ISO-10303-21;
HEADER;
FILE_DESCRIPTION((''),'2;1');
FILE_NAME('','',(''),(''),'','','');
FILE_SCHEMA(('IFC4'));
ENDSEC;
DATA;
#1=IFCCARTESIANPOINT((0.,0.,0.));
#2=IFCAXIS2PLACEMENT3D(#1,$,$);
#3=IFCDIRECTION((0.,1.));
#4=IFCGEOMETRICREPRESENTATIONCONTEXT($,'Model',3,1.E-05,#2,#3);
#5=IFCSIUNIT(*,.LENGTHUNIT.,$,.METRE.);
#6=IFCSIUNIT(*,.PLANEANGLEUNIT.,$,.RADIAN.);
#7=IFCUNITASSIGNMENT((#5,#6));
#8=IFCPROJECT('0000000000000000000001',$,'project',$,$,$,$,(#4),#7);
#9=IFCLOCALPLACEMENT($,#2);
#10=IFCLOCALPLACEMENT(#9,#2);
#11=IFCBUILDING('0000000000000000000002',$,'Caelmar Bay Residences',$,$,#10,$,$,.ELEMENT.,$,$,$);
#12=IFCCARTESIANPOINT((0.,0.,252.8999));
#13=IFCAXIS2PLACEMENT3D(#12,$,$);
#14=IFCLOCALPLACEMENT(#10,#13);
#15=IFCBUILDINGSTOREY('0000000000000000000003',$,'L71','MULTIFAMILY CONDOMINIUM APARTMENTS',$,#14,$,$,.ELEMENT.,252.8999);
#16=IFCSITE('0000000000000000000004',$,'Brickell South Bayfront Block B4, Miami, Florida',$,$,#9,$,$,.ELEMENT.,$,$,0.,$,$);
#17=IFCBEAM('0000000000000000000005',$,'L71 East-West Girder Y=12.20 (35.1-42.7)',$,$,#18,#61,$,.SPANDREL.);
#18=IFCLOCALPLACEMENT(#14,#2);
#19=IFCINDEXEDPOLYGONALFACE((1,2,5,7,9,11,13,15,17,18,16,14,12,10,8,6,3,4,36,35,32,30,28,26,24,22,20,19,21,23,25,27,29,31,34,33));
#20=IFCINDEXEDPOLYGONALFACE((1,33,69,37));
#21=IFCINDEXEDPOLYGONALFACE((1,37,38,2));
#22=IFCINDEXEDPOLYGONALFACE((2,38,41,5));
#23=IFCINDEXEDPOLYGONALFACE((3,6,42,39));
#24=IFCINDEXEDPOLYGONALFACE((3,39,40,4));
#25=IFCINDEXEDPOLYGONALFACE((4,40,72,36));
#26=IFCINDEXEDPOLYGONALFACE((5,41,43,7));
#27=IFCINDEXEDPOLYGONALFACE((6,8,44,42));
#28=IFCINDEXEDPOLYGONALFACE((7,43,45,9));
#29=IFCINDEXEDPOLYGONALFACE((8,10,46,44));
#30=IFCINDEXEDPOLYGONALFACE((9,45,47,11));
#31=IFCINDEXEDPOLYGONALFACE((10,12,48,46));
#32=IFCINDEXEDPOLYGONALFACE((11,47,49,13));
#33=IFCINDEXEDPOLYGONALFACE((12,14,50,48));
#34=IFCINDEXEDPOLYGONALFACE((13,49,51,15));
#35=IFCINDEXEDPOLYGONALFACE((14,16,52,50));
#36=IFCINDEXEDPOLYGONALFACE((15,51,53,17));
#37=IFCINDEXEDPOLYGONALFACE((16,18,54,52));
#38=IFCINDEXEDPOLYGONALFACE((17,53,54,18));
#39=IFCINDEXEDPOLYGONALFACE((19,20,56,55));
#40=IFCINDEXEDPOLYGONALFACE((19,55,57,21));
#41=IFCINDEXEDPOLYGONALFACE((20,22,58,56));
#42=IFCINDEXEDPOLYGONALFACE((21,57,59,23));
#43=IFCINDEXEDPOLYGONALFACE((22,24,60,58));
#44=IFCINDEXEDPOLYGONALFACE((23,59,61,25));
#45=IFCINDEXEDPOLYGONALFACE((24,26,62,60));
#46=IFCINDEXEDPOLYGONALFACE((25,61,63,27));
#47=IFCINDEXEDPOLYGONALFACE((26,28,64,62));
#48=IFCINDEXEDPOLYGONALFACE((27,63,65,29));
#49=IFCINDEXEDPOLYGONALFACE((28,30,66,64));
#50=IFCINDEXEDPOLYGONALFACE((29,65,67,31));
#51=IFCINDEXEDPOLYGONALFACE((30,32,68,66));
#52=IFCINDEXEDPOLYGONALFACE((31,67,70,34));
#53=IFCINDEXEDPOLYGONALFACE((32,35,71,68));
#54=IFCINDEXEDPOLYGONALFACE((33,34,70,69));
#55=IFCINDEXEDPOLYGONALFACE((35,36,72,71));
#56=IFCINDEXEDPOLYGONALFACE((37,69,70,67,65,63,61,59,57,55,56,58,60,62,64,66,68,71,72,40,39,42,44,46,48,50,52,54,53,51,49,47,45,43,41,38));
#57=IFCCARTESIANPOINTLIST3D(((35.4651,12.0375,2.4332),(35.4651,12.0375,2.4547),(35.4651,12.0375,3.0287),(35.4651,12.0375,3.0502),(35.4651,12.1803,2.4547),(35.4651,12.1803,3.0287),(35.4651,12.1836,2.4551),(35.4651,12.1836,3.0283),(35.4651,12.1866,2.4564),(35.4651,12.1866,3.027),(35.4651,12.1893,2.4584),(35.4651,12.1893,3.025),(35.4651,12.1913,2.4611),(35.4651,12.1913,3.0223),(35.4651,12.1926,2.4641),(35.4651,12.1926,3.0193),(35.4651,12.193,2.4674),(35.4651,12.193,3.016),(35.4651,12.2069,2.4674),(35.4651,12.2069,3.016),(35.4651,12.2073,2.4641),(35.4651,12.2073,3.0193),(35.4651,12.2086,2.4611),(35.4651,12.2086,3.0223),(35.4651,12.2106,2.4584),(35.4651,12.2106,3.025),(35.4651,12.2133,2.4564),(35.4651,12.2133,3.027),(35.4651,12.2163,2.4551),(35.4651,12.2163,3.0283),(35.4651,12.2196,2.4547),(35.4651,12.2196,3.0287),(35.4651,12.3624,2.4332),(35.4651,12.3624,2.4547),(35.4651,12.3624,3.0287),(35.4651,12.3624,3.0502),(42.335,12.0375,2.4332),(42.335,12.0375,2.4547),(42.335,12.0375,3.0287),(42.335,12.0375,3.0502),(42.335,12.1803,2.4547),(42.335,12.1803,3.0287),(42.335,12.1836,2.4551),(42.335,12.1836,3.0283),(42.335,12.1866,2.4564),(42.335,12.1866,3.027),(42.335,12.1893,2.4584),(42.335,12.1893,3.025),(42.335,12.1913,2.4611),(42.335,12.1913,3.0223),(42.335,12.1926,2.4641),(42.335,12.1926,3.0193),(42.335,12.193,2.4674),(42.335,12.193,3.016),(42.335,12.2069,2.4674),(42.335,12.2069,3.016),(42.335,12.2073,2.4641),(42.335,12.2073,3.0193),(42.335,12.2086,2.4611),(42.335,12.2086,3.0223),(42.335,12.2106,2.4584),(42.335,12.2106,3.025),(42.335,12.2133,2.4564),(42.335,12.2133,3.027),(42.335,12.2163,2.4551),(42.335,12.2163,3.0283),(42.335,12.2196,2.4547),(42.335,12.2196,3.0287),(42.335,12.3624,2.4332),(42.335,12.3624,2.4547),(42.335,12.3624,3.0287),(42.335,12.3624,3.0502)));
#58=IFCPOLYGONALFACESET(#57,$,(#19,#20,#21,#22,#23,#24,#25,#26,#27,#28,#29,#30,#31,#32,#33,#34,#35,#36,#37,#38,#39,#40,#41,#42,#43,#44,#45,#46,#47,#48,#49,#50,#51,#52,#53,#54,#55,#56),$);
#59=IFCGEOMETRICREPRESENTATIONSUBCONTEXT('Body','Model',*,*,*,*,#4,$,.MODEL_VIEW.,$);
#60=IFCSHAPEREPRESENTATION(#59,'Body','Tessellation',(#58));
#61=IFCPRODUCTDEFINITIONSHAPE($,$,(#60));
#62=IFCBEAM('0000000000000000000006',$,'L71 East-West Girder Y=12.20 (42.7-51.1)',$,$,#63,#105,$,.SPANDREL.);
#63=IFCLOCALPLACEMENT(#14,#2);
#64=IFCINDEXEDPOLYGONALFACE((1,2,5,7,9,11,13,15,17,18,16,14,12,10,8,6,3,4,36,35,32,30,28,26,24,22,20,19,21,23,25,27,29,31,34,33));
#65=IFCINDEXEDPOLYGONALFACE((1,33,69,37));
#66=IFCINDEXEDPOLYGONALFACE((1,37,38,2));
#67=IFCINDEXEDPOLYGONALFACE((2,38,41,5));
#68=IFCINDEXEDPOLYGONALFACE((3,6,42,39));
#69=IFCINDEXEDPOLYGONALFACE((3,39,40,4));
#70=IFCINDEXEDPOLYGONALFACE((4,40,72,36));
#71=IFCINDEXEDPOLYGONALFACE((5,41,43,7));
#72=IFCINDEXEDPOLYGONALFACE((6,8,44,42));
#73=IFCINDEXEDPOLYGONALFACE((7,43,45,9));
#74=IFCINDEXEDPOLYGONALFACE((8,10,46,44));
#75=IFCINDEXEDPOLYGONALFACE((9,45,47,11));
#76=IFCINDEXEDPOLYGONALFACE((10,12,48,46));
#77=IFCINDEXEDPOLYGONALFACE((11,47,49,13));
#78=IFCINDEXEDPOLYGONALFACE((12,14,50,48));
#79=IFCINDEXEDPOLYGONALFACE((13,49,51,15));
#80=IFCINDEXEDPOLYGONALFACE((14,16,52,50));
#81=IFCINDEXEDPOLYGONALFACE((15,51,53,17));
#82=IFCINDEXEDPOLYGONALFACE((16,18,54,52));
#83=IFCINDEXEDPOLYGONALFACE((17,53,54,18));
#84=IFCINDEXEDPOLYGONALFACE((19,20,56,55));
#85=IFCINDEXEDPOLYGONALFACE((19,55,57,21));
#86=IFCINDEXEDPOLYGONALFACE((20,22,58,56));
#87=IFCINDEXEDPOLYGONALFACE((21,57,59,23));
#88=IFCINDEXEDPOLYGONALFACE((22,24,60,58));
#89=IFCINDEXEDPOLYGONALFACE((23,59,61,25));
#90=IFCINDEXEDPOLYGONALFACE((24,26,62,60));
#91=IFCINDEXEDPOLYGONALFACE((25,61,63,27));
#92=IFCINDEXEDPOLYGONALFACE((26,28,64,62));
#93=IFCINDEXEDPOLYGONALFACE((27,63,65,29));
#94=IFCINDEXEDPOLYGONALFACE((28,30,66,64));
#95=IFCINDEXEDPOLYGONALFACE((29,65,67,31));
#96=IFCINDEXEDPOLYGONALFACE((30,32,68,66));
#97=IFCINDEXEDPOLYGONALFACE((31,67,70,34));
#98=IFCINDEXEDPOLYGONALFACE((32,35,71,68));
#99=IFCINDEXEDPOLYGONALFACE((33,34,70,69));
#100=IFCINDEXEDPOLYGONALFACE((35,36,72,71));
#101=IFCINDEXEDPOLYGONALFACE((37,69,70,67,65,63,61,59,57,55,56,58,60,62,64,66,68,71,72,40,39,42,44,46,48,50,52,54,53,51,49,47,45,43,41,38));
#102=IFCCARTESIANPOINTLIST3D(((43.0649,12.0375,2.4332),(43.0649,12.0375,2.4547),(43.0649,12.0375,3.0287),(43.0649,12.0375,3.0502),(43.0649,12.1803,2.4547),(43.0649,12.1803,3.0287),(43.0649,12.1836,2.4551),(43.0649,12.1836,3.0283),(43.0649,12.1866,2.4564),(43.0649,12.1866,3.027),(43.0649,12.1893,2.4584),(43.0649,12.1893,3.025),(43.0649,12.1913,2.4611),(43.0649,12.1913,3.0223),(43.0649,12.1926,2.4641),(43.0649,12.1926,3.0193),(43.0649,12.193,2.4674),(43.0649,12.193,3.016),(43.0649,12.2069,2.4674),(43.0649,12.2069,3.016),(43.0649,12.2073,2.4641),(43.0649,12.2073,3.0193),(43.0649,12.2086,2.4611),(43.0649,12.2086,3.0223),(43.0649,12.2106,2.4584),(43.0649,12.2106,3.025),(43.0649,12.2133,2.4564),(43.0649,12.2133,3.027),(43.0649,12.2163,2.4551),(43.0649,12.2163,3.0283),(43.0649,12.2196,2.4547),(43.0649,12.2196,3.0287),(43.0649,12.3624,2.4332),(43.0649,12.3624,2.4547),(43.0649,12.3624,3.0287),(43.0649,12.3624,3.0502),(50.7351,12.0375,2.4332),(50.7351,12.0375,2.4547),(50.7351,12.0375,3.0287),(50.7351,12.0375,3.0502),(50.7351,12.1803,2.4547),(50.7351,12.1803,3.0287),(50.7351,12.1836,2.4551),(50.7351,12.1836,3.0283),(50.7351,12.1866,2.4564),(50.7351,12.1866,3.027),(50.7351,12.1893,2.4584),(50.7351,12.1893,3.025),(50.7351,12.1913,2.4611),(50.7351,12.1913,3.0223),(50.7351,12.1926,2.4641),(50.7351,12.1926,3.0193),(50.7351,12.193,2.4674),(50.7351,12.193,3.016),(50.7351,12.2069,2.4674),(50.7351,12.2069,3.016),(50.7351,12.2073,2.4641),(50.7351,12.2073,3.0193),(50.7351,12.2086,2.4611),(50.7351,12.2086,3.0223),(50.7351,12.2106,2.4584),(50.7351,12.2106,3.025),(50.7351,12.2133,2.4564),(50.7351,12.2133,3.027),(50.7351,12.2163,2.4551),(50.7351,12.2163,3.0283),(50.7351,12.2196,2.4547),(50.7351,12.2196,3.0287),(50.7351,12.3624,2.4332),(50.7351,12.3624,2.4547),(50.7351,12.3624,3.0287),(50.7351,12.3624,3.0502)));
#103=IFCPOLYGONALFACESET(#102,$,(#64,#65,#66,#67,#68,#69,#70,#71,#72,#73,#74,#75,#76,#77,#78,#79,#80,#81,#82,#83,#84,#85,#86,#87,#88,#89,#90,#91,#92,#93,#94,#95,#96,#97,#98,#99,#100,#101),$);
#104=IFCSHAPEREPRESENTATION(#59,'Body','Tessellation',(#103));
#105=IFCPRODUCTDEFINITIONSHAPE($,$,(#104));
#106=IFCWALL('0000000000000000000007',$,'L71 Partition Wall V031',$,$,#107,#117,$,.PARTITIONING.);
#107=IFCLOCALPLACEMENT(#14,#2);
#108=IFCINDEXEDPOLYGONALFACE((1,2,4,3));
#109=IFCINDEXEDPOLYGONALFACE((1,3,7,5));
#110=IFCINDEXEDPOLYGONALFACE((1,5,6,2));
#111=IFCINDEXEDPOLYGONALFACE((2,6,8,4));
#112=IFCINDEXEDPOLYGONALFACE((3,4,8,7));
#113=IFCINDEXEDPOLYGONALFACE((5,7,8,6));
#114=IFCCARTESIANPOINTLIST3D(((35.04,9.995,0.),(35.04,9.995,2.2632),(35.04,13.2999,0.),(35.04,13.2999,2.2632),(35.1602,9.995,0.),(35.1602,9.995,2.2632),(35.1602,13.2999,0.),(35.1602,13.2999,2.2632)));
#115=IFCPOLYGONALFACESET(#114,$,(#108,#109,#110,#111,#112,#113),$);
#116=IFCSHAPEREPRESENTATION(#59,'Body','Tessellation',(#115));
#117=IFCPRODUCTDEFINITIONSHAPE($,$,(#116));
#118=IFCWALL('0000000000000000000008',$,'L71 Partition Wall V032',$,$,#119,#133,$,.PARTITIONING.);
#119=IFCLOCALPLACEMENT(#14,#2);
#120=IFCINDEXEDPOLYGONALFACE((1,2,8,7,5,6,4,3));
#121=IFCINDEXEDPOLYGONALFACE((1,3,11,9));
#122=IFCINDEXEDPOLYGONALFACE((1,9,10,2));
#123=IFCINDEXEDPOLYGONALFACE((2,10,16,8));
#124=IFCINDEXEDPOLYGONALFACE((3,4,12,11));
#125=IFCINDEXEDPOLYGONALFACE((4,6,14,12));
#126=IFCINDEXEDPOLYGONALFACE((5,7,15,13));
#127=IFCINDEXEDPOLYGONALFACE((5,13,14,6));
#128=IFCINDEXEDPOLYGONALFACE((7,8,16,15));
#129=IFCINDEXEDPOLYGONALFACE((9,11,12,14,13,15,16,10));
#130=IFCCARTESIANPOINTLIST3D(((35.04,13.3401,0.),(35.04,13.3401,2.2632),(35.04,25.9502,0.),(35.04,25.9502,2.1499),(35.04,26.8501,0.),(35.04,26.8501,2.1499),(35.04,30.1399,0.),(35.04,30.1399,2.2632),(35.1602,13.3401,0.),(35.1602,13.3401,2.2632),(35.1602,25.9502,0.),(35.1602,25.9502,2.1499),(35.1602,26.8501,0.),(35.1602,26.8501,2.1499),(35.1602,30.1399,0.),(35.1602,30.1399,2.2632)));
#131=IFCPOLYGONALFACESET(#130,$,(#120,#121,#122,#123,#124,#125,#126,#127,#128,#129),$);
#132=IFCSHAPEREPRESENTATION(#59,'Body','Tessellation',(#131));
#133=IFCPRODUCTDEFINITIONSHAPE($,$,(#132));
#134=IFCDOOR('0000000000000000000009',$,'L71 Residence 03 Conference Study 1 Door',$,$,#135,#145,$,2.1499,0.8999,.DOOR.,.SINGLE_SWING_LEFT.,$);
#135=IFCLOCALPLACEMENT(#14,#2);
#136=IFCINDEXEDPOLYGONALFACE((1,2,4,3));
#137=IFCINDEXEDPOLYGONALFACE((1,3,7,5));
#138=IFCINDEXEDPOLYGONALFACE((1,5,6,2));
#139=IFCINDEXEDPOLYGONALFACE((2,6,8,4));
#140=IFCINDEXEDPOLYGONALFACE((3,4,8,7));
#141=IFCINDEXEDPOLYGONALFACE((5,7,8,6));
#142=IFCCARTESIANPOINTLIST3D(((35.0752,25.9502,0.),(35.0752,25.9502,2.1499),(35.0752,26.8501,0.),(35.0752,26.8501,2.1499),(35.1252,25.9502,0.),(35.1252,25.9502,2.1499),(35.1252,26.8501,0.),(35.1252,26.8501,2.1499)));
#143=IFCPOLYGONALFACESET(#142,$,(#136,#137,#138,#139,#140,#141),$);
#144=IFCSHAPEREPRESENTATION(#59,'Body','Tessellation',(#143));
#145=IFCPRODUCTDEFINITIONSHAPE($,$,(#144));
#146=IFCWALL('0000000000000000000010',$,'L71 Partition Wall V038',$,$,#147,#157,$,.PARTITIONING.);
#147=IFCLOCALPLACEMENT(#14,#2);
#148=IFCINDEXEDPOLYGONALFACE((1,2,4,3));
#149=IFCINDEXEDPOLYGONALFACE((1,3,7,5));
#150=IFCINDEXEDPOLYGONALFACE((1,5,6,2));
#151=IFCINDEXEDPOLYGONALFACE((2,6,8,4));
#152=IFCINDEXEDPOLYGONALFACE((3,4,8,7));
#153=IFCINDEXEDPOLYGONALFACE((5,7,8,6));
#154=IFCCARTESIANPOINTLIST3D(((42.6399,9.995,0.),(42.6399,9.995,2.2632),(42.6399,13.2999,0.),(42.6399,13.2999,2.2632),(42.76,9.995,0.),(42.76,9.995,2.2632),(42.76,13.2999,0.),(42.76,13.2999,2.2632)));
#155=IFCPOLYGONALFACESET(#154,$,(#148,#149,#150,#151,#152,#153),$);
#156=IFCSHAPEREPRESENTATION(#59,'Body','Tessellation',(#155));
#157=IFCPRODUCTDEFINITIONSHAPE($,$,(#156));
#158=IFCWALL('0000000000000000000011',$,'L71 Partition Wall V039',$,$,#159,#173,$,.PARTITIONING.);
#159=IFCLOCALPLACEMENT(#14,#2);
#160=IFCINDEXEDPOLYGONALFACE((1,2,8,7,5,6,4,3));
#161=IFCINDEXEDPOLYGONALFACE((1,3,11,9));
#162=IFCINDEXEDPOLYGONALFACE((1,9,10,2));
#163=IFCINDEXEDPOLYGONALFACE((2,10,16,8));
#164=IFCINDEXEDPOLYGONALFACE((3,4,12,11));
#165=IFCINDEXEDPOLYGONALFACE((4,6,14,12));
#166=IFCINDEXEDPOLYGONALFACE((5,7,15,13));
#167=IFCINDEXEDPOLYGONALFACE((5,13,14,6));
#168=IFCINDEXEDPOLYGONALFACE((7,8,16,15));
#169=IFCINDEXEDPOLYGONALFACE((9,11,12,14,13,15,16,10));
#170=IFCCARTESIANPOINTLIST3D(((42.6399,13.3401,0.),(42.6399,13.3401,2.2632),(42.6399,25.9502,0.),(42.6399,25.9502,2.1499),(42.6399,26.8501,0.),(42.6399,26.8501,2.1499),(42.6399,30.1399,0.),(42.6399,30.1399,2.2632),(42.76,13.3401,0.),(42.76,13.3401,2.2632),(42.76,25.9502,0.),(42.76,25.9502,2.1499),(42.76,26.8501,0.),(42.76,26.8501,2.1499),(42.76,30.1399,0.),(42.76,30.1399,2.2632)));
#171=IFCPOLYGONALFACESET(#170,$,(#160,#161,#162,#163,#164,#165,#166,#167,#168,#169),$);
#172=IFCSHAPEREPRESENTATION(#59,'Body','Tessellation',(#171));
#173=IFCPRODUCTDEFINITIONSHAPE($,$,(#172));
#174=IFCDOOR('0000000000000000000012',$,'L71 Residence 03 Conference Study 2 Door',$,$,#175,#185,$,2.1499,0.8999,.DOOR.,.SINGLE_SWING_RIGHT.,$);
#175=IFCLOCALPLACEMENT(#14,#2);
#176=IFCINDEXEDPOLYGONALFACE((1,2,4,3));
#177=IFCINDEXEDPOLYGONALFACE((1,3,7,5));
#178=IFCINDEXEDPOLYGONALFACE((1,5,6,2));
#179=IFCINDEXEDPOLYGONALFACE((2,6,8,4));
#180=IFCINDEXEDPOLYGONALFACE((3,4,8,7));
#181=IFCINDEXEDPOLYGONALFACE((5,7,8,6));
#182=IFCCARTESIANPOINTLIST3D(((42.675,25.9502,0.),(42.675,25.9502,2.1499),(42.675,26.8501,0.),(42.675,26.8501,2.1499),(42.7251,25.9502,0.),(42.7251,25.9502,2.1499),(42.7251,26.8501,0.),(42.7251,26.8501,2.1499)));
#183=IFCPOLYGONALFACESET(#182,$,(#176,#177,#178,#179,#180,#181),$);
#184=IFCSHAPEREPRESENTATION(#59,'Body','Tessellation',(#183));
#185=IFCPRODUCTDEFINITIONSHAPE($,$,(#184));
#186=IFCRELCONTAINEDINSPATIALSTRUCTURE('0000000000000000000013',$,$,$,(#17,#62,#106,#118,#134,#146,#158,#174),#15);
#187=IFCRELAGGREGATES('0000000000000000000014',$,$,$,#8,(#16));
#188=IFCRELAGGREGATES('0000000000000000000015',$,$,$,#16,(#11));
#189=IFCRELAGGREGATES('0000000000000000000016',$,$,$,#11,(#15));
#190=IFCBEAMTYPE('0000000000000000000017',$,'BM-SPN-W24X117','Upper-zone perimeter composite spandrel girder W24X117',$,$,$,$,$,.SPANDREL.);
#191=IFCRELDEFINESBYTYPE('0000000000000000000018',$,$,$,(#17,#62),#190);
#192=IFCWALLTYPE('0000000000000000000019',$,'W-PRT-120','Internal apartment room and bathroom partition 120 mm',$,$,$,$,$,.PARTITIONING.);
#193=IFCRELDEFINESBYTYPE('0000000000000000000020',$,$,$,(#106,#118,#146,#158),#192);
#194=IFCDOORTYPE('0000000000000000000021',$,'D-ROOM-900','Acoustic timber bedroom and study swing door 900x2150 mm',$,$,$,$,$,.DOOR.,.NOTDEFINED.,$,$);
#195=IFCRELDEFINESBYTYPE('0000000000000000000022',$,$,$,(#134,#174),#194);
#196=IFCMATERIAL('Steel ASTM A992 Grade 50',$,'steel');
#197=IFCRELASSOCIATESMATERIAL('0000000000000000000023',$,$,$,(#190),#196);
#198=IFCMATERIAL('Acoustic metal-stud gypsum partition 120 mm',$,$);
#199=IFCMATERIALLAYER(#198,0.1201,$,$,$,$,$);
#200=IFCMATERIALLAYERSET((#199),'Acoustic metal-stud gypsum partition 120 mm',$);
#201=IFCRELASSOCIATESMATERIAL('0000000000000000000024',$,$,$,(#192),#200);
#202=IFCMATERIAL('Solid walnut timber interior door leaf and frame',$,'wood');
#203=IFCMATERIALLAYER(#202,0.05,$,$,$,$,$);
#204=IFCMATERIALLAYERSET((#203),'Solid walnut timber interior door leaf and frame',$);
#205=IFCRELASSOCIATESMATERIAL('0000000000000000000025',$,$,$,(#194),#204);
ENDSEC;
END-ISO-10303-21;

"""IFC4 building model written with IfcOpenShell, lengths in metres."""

from ifc_helpers import new_model, si_unit, direction, frame, frame_2d, origin, origin_2d, place, context, subcontext, project, spatial, rectangle, i_section, extrude, material, layer, layer_set, material_profile, profile_set, type_object, element, fill, save


model = new_model("IFC4")

# Units and contexts
model_context = context("Model", 3, precision=1e-05, world=origin(), true_north=direction((0.0, 1.0)))
body_context = subcontext(model_context, "Body", "Model", "MODEL_VIEW")
ifc_project = project(units=[si_unit("LENGTHUNIT", "METRE"), si_unit("PLANEANGLEUNIT", "RADIAN")], contexts=[model_context])

# Site, building, storey
site_placement = place(None, origin())
site = spatial("IfcSite", under=ifc_project, at=site_placement, Name="Brickell South Bayfront Block B4, Miami, Florida", CompositionType="ELEMENT", RefElevation=0.0)
building_placement = place(site_placement, origin())
building = spatial("IfcBuilding", under=site, at=building_placement, Name="Caelmar Bay Residences", CompositionType="ELEMENT")
storey_placement = place(building_placement, frame((0.0, 0.0, 252.8999)))
storey = spatial("IfcBuildingStorey", under=building, at=storey_placement, Name="L71", Description="MULTIFAMILY CONDOMINIUM APARTMENTS", CompositionType="ELEMENT", Elevation=252.8999)

# Beams
ifc_material_1 = material(Name="Steel ASTM A992 Grade 50", Category="steel")
ifc_material_profile_1 = material_profile(ifc_material_1, i_section(OverallWidth=0.325, OverallDepth=0.6169, WebThickness=0.0139, FlangeThickness=0.0215, FilletRadius=0.0127, at=origin_2d()), Name="W24X117")
ifc_profile_set_1 = profile_set([ifc_material_profile_1], Name="Steel ASTM A992 Grade 50")
beam_type_1 = type_object("IfcBeamType", Name="BM-SPN-W24X117", Description="Upper-zone perimeter composite spandrel girder W24X117", PredefinedType="SPANDREL", material=ifc_profile_set_1)
beam_1_placement = place(storey_placement, frame((35.4651, 12.2, 2.7417), z_axis=(1.0, 0.0, 0.0), x_axis=(0.0, 1.0, 0.0)))
element("IfcBeam", 1, at=beam_1_placement, inside=storey, type_object=beam_type_1, Name="L71 East-West Girder Y=12.20 (35.1-42.7)", PredefinedType="SPANDREL", context=body_context, shape_type="SweptSolid", body=[
    extrude(i_section(OverallWidth=0.325, OverallDepth=0.6169, WebThickness=0.0139, FlangeThickness=0.0215, FilletRadius=0.0127, at=origin_2d()), origin(), (0.0, 0.0, 1.0), 6.8699),
])
beam_2_placement = place(storey_placement, frame((43.0649, 12.2, 2.7417), z_axis=(1.0, 0.0, 0.0), x_axis=(0.0, 1.0, 0.0)))
element("IfcBeam", 2, at=beam_2_placement, inside=storey, type_object=beam_type_1, Name="L71 East-West Girder Y=12.20 (42.7-51.1)", PredefinedType="SPANDREL", context=body_context, shape_type="SweptSolid", body=[
    extrude(i_section(OverallWidth=0.325, OverallDepth=0.6169, WebThickness=0.0139, FlangeThickness=0.0215, FilletRadius=0.0127, at=origin_2d()), origin(), (0.0, 0.0, 1.0), 7.6702),
])

# Wall
ifc_material_2 = material(Name="Acoustic metal-stud gypsum partition 120 mm")
ifc_layer_1 = layer(ifc_material_2, 0.1201)
ifc_layer_set_1 = layer_set([ifc_layer_1], Name="Acoustic metal-stud gypsum partition 120 mm")
wall_type = type_object("IfcWallType", Name="W-PRT-120", Description="Internal apartment room and bathroom partition 120 mm", PredefinedType="PARTITIONING", material=ifc_layer_set_1)
wall_1_placement = place(storey_placement, frame((35.1001, 9.9951, 0.0), z_axis=(0.0, 0.0, 1.0), x_axis=(0.0, 1.0, 0.0)))
element("IfcWall", 3, at=wall_1_placement, inside=storey, type_object=wall_type, Name="L71 Partition Wall V031", PredefinedType="PARTITIONING", context=body_context, shape_type="SweptSolid", body=[
    extrude(rectangle(XDim=3.3049, YDim=0.1201, at=frame_2d((1.6523, 0.0))), origin(), (0.0, 0.0, 1.0), 2.2632),
])

# Wall, opening, door
wall_2_placement = place(storey_placement, frame((35.1001, 13.3401, 0.0), z_axis=(0.0, 0.0, 1.0), x_axis=(0.0, 1.0, 0.0)))
wall_2 = element("IfcWall", 4, at=wall_2_placement, inside=storey, type_object=wall_type, Name="L71 Partition Wall V032", PredefinedType="PARTITIONING", context=body_context, shape_type="SweptSolid", body=[
    extrude(rectangle(XDim=16.7998, YDim=0.1201, at=frame_2d((8.3999, 0.0))), origin(), (0.0, 0.0, 1.0), 2.2632),
])
opening_1_placement = place(wall_2_placement, frame((12.6101, 0.0, 0.0)))
opening_1 = element("IfcOpeningElement", 5, at=opening_1_placement, cuts=wall_2, PredefinedType="OPENING", context=body_context, shape_type="SweptSolid", body=[
    extrude(rectangle(XDim=0.8999, YDim=2.1499, at=frame_2d((0.45, 1.075))), frame((0.0, 0.0701, 0.0), z_axis=(0.0, -1.0, 0.0), x_axis=(1.0, 0.0, 0.0)), (0.0, 0.0, 1.0), 0.1401),
])
ifc_material_3 = material(Name="Solid walnut timber interior door leaf and frame", Category="wood")
ifc_layer_2 = layer(ifc_material_3, 0.05)
ifc_layer_set_2 = layer_set([ifc_layer_2], Name="Solid walnut timber interior door leaf and frame")
door_type = type_object("IfcDoorType", Name="D-ROOM-900", Description="Acoustic timber bedroom and study swing door 900x2150 mm", OperationType="NOTDEFINED", PredefinedType="DOOR", material=ifc_layer_set_2)
door_1_placement = place(opening_1_placement, origin())
door_1 = element("IfcDoor", 6, at=door_1_placement, inside=storey, type_object=door_type, Name="L71 Residence 03 Conference Study 1 Door", OperationType="SINGLE_SWING_LEFT", OverallHeight=2.1499, OverallWidth=0.8999, PredefinedType="DOOR", context=body_context, shape_type="SweptSolid", body=[
    extrude(rectangle(XDim=0.8999, YDim=2.1499, at=frame_2d((0.45, 1.075))), frame((0.0, 0.0249, 0.0), z_axis=(0.0, -1.0, 0.0), x_axis=(1.0, 0.0, 0.0)), (0.0, 0.0, 1.0), 0.05),
])
fill(opening_1, door_1)

# Wall
wall_3_placement = place(storey_placement, frame((42.7, 9.9951, 0.0), z_axis=(0.0, 0.0, 1.0), x_axis=(0.0, 1.0, 0.0)))
element("IfcWall", 7, at=wall_3_placement, inside=storey, type_object=wall_type, Name="L71 Partition Wall V038", PredefinedType="PARTITIONING", context=body_context, shape_type="SweptSolid", body=[
    extrude(rectangle(XDim=3.3049, YDim=0.1201, at=frame_2d((1.6523, 0.0))), origin(), (0.0, 0.0, 1.0), 2.2632),
])

# Wall, opening, door
wall_4_placement = place(storey_placement, frame((42.7, 13.3401, 0.0), z_axis=(0.0, 0.0, 1.0), x_axis=(0.0, 1.0, 0.0)))
wall_4 = element("IfcWall", 8, at=wall_4_placement, inside=storey, type_object=wall_type, Name="L71 Partition Wall V039", PredefinedType="PARTITIONING", context=body_context, shape_type="SweptSolid", body=[
    extrude(rectangle(XDim=16.7998, YDim=0.1201, at=frame_2d((8.3999, 0.0))), origin(), (0.0, 0.0, 1.0), 2.2632),
])
opening_2_placement = place(wall_4_placement, frame((12.6101, 0.0, 0.0)))
opening_2 = element("IfcOpeningElement", 9, at=opening_2_placement, cuts=wall_4, PredefinedType="OPENING", context=body_context, shape_type="SweptSolid", body=[
    extrude(rectangle(XDim=0.8999, YDim=2.1499, at=frame_2d((0.45, 1.075))), frame((0.0, 0.0701, 0.0), z_axis=(0.0, -1.0, 0.0), x_axis=(1.0, 0.0, 0.0)), (0.0, 0.0, 1.0), 0.1401),
])
door_2_placement = place(opening_2_placement, origin())
door_2 = element("IfcDoor", 10, at=door_2_placement, inside=storey, type_object=door_type, Name="L71 Residence 03 Conference Study 2 Door", OperationType="SINGLE_SWING_RIGHT", OverallHeight=2.1499, OverallWidth=0.8999, PredefinedType="DOOR", context=body_context, shape_type="SweptSolid", body=[
    extrude(rectangle(XDim=0.8999, YDim=2.1499, at=frame_2d((0.45, 1.075))), frame((0.0, 0.0249, 0.0), z_axis=(0.0, -1.0, 0.0), x_axis=(1.0, 0.0, 0.0)), (0.0, 0.0, 1.0), 0.05),
])
fill(opening_2, door_2)

save(model, "model.ifc")
